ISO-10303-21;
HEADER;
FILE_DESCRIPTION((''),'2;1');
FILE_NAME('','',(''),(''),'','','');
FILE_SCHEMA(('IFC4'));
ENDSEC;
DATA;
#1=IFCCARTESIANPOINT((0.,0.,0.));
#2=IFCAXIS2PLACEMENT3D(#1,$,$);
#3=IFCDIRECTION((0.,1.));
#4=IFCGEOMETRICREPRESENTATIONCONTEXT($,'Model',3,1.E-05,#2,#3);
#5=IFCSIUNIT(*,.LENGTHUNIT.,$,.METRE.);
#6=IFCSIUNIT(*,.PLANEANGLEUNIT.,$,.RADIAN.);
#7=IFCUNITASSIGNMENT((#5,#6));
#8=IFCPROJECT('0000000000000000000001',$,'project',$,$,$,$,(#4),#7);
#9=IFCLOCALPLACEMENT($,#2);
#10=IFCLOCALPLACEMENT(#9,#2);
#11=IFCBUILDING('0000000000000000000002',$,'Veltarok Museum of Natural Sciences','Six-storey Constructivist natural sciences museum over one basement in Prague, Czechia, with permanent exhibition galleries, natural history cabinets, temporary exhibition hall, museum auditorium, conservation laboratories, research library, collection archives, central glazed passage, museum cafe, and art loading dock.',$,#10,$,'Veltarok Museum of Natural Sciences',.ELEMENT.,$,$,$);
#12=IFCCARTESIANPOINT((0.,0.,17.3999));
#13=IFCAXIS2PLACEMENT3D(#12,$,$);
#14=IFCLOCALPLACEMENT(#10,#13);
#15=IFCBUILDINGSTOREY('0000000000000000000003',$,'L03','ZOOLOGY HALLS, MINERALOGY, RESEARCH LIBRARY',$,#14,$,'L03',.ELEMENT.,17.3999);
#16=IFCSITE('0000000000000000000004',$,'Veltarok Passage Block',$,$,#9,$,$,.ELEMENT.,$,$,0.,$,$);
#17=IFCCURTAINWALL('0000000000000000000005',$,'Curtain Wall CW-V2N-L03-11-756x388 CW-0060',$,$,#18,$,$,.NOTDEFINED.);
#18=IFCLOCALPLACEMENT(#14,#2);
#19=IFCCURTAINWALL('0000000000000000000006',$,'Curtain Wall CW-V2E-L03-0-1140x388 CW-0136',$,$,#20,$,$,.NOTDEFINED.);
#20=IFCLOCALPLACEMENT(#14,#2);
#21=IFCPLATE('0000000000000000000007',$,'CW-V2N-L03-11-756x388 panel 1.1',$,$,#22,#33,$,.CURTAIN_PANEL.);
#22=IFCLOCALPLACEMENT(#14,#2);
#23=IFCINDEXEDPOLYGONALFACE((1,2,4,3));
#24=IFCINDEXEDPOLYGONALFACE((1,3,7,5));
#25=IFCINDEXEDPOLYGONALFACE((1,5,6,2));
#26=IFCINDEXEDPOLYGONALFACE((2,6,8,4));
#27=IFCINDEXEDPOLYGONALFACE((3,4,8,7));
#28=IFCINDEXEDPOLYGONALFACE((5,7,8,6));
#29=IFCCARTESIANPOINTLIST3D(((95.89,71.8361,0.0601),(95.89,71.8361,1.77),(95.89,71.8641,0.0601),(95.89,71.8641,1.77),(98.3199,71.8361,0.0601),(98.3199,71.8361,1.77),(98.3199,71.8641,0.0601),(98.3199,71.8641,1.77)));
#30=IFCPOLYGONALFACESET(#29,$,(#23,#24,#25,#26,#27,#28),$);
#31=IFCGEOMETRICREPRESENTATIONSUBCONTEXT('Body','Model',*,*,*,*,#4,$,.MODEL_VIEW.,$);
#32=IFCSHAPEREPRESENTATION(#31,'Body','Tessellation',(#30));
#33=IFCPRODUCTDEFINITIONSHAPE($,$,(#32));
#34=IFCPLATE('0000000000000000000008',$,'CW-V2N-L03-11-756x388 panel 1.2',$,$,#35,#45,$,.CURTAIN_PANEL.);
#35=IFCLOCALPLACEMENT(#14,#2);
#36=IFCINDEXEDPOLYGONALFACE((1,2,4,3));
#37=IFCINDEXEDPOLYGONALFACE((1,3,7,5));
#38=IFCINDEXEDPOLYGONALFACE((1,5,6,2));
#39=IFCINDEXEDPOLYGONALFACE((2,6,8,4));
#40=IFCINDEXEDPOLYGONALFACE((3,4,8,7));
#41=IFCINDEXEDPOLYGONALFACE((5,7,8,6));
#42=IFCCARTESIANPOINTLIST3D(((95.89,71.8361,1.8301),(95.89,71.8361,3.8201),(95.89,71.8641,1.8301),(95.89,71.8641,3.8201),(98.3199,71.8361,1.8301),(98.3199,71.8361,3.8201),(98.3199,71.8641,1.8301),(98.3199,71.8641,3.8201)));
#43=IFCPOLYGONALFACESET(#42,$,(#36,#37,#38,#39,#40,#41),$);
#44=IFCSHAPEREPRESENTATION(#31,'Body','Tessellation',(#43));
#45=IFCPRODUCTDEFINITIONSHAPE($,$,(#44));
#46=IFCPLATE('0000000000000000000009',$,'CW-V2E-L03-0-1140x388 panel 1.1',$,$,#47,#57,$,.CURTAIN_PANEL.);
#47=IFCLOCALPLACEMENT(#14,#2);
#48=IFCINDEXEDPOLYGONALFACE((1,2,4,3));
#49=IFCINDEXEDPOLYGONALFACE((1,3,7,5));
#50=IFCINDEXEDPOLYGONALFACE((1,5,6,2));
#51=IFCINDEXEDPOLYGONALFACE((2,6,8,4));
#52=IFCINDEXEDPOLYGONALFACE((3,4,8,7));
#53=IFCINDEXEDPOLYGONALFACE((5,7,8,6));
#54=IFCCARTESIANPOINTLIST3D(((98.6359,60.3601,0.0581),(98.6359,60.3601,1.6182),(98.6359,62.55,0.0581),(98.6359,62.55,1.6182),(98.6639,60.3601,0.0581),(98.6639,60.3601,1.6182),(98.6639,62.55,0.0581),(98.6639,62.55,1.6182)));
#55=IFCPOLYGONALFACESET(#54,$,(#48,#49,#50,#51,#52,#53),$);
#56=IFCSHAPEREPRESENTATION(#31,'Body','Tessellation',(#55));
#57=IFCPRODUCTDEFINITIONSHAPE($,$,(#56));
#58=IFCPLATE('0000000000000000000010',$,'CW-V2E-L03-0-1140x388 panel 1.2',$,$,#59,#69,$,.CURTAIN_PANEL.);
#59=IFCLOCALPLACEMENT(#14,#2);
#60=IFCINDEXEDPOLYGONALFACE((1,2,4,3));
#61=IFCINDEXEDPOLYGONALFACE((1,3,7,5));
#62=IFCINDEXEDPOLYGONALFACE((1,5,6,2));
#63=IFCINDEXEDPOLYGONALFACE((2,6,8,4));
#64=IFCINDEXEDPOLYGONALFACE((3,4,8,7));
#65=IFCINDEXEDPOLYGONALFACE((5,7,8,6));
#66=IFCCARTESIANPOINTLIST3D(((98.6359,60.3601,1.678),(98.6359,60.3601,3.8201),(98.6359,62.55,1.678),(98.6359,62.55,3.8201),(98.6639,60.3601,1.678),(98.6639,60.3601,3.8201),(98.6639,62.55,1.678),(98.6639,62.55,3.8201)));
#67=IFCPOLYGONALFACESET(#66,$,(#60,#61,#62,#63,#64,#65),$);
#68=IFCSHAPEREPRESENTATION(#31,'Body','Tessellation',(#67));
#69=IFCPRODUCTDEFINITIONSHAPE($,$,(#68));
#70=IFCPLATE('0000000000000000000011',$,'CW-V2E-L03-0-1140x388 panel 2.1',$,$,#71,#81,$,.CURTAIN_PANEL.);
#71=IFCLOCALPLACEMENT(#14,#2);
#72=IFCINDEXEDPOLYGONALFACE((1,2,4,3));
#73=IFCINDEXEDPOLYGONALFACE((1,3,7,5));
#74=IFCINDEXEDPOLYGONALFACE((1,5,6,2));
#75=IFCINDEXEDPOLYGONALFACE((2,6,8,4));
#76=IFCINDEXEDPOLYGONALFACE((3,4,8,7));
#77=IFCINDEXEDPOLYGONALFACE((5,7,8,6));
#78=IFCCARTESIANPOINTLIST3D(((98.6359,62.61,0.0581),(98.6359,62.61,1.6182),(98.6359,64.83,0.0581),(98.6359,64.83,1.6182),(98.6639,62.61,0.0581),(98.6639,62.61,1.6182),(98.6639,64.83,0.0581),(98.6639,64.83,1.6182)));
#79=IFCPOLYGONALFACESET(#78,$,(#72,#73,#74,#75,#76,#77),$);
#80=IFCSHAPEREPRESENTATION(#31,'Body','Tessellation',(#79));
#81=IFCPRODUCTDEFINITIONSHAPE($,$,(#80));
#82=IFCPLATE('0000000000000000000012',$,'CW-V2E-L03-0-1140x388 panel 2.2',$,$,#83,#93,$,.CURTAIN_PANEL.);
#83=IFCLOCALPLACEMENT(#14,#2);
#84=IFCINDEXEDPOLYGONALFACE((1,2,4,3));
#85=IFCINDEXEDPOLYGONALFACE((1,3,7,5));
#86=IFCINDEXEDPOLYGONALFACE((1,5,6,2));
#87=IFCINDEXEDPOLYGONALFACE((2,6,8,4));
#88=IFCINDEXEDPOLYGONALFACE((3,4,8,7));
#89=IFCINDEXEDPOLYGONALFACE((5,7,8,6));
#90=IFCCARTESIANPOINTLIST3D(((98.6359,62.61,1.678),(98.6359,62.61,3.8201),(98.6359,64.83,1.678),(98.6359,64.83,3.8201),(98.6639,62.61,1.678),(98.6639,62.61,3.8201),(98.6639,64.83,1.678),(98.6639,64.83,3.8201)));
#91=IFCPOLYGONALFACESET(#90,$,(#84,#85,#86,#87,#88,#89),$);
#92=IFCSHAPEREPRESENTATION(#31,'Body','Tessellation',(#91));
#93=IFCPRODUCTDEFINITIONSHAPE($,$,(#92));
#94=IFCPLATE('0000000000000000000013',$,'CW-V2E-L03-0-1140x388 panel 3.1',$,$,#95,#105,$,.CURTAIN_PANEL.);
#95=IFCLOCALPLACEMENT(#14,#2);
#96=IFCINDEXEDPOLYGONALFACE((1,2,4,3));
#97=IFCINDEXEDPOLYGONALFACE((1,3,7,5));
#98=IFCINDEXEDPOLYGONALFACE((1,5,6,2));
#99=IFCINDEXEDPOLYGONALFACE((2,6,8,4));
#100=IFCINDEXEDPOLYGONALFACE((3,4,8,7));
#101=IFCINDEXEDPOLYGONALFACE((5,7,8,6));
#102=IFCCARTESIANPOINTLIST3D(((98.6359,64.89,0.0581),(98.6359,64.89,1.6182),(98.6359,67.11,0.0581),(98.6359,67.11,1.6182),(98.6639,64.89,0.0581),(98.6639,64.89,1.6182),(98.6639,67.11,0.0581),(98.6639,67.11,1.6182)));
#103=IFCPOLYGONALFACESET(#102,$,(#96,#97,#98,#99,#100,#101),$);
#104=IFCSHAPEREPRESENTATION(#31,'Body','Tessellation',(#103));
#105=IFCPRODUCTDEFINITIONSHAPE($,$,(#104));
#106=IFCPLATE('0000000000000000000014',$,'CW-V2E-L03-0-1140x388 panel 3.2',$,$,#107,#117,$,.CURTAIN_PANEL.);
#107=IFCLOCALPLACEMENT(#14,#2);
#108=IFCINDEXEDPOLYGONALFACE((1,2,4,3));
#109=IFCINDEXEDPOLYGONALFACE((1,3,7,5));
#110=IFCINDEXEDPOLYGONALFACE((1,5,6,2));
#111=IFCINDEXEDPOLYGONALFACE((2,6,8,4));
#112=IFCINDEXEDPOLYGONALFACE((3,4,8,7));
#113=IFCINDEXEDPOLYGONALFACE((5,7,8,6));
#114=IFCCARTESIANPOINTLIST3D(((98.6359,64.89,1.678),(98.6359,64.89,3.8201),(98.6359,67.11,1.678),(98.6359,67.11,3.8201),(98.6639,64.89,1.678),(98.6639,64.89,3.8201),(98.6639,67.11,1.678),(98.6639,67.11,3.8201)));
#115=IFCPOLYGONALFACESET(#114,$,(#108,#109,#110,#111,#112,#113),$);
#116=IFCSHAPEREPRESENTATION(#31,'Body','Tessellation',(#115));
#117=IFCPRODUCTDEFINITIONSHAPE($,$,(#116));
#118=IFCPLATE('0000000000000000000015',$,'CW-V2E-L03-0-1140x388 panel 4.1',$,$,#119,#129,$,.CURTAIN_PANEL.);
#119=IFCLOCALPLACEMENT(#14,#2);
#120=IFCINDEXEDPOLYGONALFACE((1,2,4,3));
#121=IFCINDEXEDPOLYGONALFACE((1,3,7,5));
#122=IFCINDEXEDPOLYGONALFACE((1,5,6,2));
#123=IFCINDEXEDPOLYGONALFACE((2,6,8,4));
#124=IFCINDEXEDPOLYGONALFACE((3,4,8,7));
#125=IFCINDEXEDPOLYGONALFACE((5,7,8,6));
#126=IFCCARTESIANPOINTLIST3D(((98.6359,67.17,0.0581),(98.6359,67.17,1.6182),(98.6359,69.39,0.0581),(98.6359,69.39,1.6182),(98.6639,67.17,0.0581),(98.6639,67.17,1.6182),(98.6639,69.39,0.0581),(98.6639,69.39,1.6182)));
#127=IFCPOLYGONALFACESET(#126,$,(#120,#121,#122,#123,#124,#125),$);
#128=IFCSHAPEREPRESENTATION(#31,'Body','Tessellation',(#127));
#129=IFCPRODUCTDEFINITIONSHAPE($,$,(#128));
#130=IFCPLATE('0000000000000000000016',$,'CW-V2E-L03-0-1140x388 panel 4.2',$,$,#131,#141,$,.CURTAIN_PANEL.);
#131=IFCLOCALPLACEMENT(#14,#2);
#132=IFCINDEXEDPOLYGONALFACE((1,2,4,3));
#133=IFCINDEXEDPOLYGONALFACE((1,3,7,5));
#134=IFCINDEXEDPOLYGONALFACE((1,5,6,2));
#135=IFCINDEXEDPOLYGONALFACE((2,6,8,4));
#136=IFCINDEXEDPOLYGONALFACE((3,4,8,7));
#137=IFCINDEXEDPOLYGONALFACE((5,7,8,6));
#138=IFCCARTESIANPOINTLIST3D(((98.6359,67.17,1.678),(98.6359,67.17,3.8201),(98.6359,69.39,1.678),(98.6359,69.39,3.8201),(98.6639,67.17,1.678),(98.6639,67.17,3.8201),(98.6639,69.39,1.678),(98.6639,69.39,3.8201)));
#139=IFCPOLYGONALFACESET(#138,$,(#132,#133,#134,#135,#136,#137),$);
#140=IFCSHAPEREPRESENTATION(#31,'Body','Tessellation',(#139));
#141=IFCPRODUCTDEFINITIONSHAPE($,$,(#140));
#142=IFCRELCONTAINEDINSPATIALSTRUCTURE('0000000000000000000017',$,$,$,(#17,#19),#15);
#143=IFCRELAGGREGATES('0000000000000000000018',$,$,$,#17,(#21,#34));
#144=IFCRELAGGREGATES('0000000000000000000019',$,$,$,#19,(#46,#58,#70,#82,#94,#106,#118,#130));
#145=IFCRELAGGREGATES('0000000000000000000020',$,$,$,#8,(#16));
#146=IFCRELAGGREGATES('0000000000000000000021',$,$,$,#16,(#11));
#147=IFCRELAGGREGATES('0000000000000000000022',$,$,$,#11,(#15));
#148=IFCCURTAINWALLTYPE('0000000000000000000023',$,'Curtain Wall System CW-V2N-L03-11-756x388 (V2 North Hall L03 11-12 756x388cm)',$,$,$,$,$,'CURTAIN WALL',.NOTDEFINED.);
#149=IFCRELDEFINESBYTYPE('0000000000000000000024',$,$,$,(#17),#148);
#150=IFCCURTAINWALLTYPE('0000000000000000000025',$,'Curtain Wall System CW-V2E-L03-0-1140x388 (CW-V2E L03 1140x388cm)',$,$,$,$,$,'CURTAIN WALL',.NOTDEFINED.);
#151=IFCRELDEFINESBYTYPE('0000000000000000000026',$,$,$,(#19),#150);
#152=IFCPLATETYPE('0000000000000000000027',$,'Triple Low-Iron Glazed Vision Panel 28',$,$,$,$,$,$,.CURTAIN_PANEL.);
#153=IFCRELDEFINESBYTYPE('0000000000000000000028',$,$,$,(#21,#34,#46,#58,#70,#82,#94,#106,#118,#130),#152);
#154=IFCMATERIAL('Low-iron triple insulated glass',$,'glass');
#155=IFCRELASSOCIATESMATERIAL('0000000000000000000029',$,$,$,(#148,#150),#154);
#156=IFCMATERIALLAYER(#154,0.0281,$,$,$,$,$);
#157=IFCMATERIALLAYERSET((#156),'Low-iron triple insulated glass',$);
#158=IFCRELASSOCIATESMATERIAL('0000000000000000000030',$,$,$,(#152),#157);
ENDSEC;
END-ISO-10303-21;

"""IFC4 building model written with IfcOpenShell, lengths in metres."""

from ifc_helpers import new_model, si_unit, direction, frame, origin, origin_2d, place, context, subcontext, project, spatial, rectangle, extrude, material, layer, layer_set, type_object, element, aggregate, save


model = new_model("IFC4")

# Units and contexts
model_context = context("Model", 3, precision=1e-05, world=origin(), true_north=direction((0.0, 1.0)))
body_context = subcontext(model_context, "Body", "Model", "MODEL_VIEW")
ifc_project = project(units=[si_unit("LENGTHUNIT", "METRE"), si_unit("PLANEANGLEUNIT", "RADIAN")], contexts=[model_context])

# Site, building, storey
site_placement = place(None, origin())
site = spatial("IfcSite", under=ifc_project, at=site_placement, Name="Veltarok Passage Block", CompositionType="ELEMENT", RefElevation=0.0)
building_placement = place(site_placement, origin())
building = spatial("IfcBuilding", under=site, at=building_placement, Name="Veltarok Museum of Natural Sciences", Description="Six-storey Constructivist natural sciences museum over one basement in Prague, Czechia, with permanent exhibition galleries, natural history cabinets, temporary exhibition hall, museum auditorium, conservation laboratories, research library, collection archives, central glazed passage, museum cafe, and art loading dock.", LongName="Veltarok Museum of Natural Sciences", CompositionType="ELEMENT")
storey_placement = place(building_placement, frame((0.0, 0.0, 17.3999)))
storey = spatial("IfcBuildingStorey", under=building, at=storey_placement, Name="L03", Description="ZOOLOGY HALLS, MINERALOGY, RESEARCH LIBRARY", LongName="L03", CompositionType="ELEMENT", Elevation=17.3999)

# Curtain walls
ifc_material_1 = material(Name="Low-iron triple insulated glass", Category="glass")
curtain_wall_type_1 = type_object("IfcCurtainWallType", Name="Curtain Wall System CW-V2N-L03-11-756x388 (V2 North Hall L03 11-12 756x388cm)", ElementType="CURTAIN WALL", PredefinedType="NOTDEFINED", material=ifc_material_1)
curtain_wall_1_placement = place(storey_placement, origin())
curtain_wall_1 = element("IfcCurtainWall", 1, at=curtain_wall_1_placement, inside=storey, type_object=curtain_wall_type_1, Name="Curtain Wall CW-V2N-L03-11-756x388 CW-0060", PredefinedType="NOTDEFINED")
curtain_wall_type_2 = type_object("IfcCurtainWallType", Name="Curtain Wall System CW-V2E-L03-0-1140x388 (CW-V2E L03 1140x388cm)", ElementType="CURTAIN WALL", PredefinedType="NOTDEFINED", material=ifc_material_1)
curtain_wall_2_placement = place(storey_placement, origin())
curtain_wall_2 = element("IfcCurtainWall", 2, at=curtain_wall_2_placement, inside=storey, type_object=curtain_wall_type_2, Name="Curtain Wall CW-V2E-L03-0-1140x388 CW-0136", PredefinedType="NOTDEFINED")

# Plates
ifc_layer = layer(ifc_material_1, 0.0281)
ifc_layer_set = layer_set([ifc_layer], Name="Low-iron triple insulated glass")
plate_type = type_object("IfcPlateType", Name="Triple Low-Iron Glazed Vision Panel 28", PredefinedType="CURTAIN_PANEL", material=ifc_layer_set)
plate_1_placement = place(storey_placement, frame((97.105, 71.8501, 0.0601), z_axis=(0.0, 0.0, 1.0), x_axis=(-1.0, 0.0, 0.0)))
plate_1 = element("IfcPlate", 3, at=plate_1_placement, type_object=plate_type, Name="CW-V2N-L03-11-756x388 panel 1.1", PredefinedType="CURTAIN_PANEL", context=body_context, shape_type="SweptSolid", body=[
    extrude(rectangle(XDim=2.4299, YDim=0.0281, at=origin_2d()), origin(), (0.0, 0.0, 1.0), 1.71),
])
plate_2_placement = place(storey_placement, frame((97.105, 71.8501, 1.8301), z_axis=(0.0, 0.0, 1.0), x_axis=(-1.0, 0.0, 0.0)))
plate_2 = element("IfcPlate", 4, at=plate_2_placement, type_object=plate_type, Name="CW-V2N-L03-11-756x388 panel 1.2", PredefinedType="CURTAIN_PANEL", context=body_context, shape_type="SweptSolid", body=[
    extrude(rectangle(XDim=2.4299, YDim=0.0281, at=origin_2d()), origin(), (0.0, 0.0, 1.0), 1.99),
])
aggregate(curtain_wall_1, [plate_1, plate_2])
plate_3_placement = place(storey_placement, frame((98.6499, 61.4551, 0.0581), z_axis=(0.0, 0.0, 1.0), x_axis=(0.0, 1.0, 0.0)))
plate_3 = element("IfcPlate", 5, at=plate_3_placement, type_object=plate_type, Name="CW-V2E-L03-0-1140x388 panel 1.1", PredefinedType="CURTAIN_PANEL", context=body_context, shape_type="SweptSolid", body=[
    extrude(rectangle(XDim=2.1899, YDim=0.0281, at=origin_2d()), origin(), (0.0, 0.0, 1.0), 1.5601),
])
plate_4_placement = place(storey_placement, frame((98.6499, 61.4551, 1.678), z_axis=(0.0, 0.0, 1.0), x_axis=(0.0, 1.0, 0.0)))
plate_4 = element("IfcPlate", 6, at=plate_4_placement, type_object=plate_type, Name="CW-V2E-L03-0-1140x388 panel 1.2", PredefinedType="CURTAIN_PANEL", context=body_context, shape_type="SweptSolid", body=[
    extrude(rectangle(XDim=2.1899, YDim=0.0281, at=origin_2d()), origin(), (0.0, 0.0, 1.0), 2.1421),
])
plate_5_placement = place(storey_placement, frame((98.6499, 63.72, 0.0581), z_axis=(0.0, 0.0, 1.0), x_axis=(0.0, 1.0, 0.0)))
plate_5 = element("IfcPlate", 7, at=plate_5_placement, type_object=plate_type, Name="CW-V2E-L03-0-1140x388 panel 2.1", PredefinedType="CURTAIN_PANEL", context=body_context, shape_type="SweptSolid", body=[
    extrude(rectangle(XDim=2.22, YDim=0.0281, at=origin_2d()), origin(), (0.0, 0.0, 1.0), 1.5601),
])
plate_6_placement = place(storey_placement, frame((98.6499, 63.72, 1.678), z_axis=(0.0, 0.0, 1.0), x_axis=(0.0, 1.0, 0.0)))
plate_6 = element("IfcPlate", 8, at=plate_6_placement, type_object=plate_type, Name="CW-V2E-L03-0-1140x388 panel 2.2", PredefinedType="CURTAIN_PANEL", context=body_context, shape_type="SweptSolid", body=[
    extrude(rectangle(XDim=2.22, YDim=0.0281, at=origin_2d()), origin(), (0.0, 0.0, 1.0), 2.1421),
])
plate_7_placement = place(storey_placement, frame((98.6499, 66.0, 0.0581), z_axis=(0.0, 0.0, 1.0), x_axis=(0.0, 1.0, 0.0)))
plate_7 = element("IfcPlate", 9, at=plate_7_placement, type_object=plate_type, Name="CW-V2E-L03-0-1140x388 panel 3.1", PredefinedType="CURTAIN_PANEL", context=body_context, shape_type="SweptSolid", body=[
    extrude(rectangle(XDim=2.22, YDim=0.0281, at=origin_2d()), origin(), (0.0, 0.0, 1.0), 1.5601),
])
plate_8_placement = place(storey_placement, frame((98.6499, 66.0, 1.678), z_axis=(0.0, 0.0, 1.0), x_axis=(0.0, 1.0, 0.0)))
plate_8 = element("IfcPlate", 10, at=plate_8_placement, type_object=plate_type, Name="CW-V2E-L03-0-1140x388 panel 3.2", PredefinedType="CURTAIN_PANEL", context=body_context, shape_type="SweptSolid", body=[
    extrude(rectangle(XDim=2.22, YDim=0.0281, at=origin_2d()), origin(), (0.0, 0.0, 1.0), 2.1421),
])
plate_9_placement = place(storey_placement, frame((98.6499, 68.28, 0.0581), z_axis=(0.0, 0.0, 1.0), x_axis=(0.0, 1.0, 0.0)))
plate_9 = element("IfcPlate", 11, at=plate_9_placement, type_object=plate_type, Name="CW-V2E-L03-0-1140x388 panel 4.1", PredefinedType="CURTAIN_PANEL", context=body_context, shape_type="SweptSolid", body=[
    extrude(rectangle(XDim=2.22, YDim=0.0281, at=origin_2d()), origin(), (0.0, 0.0, 1.0), 1.5601),
])
plate_10_placement = place(storey_placement, frame((98.6499, 68.28, 1.678), z_axis=(0.0, 0.0, 1.0), x_axis=(0.0, 1.0, 0.0)))
plate_10 = element("IfcPlate", 12, at=plate_10_placement, type_object=plate_type, Name="CW-V2E-L03-0-1140x388 panel 4.2", PredefinedType="CURTAIN_PANEL", context=body_context, shape_type="SweptSolid", body=[
    extrude(rectangle(XDim=2.22, YDim=0.0281, at=origin_2d()), origin(), (0.0, 0.0, 1.0), 2.1421),
])
aggregate(curtain_wall_2, [plate_3, plate_4, plate_5, plate_6, plate_7, plate_8, plate_9, plate_10])

save(model, "model.ifc")
